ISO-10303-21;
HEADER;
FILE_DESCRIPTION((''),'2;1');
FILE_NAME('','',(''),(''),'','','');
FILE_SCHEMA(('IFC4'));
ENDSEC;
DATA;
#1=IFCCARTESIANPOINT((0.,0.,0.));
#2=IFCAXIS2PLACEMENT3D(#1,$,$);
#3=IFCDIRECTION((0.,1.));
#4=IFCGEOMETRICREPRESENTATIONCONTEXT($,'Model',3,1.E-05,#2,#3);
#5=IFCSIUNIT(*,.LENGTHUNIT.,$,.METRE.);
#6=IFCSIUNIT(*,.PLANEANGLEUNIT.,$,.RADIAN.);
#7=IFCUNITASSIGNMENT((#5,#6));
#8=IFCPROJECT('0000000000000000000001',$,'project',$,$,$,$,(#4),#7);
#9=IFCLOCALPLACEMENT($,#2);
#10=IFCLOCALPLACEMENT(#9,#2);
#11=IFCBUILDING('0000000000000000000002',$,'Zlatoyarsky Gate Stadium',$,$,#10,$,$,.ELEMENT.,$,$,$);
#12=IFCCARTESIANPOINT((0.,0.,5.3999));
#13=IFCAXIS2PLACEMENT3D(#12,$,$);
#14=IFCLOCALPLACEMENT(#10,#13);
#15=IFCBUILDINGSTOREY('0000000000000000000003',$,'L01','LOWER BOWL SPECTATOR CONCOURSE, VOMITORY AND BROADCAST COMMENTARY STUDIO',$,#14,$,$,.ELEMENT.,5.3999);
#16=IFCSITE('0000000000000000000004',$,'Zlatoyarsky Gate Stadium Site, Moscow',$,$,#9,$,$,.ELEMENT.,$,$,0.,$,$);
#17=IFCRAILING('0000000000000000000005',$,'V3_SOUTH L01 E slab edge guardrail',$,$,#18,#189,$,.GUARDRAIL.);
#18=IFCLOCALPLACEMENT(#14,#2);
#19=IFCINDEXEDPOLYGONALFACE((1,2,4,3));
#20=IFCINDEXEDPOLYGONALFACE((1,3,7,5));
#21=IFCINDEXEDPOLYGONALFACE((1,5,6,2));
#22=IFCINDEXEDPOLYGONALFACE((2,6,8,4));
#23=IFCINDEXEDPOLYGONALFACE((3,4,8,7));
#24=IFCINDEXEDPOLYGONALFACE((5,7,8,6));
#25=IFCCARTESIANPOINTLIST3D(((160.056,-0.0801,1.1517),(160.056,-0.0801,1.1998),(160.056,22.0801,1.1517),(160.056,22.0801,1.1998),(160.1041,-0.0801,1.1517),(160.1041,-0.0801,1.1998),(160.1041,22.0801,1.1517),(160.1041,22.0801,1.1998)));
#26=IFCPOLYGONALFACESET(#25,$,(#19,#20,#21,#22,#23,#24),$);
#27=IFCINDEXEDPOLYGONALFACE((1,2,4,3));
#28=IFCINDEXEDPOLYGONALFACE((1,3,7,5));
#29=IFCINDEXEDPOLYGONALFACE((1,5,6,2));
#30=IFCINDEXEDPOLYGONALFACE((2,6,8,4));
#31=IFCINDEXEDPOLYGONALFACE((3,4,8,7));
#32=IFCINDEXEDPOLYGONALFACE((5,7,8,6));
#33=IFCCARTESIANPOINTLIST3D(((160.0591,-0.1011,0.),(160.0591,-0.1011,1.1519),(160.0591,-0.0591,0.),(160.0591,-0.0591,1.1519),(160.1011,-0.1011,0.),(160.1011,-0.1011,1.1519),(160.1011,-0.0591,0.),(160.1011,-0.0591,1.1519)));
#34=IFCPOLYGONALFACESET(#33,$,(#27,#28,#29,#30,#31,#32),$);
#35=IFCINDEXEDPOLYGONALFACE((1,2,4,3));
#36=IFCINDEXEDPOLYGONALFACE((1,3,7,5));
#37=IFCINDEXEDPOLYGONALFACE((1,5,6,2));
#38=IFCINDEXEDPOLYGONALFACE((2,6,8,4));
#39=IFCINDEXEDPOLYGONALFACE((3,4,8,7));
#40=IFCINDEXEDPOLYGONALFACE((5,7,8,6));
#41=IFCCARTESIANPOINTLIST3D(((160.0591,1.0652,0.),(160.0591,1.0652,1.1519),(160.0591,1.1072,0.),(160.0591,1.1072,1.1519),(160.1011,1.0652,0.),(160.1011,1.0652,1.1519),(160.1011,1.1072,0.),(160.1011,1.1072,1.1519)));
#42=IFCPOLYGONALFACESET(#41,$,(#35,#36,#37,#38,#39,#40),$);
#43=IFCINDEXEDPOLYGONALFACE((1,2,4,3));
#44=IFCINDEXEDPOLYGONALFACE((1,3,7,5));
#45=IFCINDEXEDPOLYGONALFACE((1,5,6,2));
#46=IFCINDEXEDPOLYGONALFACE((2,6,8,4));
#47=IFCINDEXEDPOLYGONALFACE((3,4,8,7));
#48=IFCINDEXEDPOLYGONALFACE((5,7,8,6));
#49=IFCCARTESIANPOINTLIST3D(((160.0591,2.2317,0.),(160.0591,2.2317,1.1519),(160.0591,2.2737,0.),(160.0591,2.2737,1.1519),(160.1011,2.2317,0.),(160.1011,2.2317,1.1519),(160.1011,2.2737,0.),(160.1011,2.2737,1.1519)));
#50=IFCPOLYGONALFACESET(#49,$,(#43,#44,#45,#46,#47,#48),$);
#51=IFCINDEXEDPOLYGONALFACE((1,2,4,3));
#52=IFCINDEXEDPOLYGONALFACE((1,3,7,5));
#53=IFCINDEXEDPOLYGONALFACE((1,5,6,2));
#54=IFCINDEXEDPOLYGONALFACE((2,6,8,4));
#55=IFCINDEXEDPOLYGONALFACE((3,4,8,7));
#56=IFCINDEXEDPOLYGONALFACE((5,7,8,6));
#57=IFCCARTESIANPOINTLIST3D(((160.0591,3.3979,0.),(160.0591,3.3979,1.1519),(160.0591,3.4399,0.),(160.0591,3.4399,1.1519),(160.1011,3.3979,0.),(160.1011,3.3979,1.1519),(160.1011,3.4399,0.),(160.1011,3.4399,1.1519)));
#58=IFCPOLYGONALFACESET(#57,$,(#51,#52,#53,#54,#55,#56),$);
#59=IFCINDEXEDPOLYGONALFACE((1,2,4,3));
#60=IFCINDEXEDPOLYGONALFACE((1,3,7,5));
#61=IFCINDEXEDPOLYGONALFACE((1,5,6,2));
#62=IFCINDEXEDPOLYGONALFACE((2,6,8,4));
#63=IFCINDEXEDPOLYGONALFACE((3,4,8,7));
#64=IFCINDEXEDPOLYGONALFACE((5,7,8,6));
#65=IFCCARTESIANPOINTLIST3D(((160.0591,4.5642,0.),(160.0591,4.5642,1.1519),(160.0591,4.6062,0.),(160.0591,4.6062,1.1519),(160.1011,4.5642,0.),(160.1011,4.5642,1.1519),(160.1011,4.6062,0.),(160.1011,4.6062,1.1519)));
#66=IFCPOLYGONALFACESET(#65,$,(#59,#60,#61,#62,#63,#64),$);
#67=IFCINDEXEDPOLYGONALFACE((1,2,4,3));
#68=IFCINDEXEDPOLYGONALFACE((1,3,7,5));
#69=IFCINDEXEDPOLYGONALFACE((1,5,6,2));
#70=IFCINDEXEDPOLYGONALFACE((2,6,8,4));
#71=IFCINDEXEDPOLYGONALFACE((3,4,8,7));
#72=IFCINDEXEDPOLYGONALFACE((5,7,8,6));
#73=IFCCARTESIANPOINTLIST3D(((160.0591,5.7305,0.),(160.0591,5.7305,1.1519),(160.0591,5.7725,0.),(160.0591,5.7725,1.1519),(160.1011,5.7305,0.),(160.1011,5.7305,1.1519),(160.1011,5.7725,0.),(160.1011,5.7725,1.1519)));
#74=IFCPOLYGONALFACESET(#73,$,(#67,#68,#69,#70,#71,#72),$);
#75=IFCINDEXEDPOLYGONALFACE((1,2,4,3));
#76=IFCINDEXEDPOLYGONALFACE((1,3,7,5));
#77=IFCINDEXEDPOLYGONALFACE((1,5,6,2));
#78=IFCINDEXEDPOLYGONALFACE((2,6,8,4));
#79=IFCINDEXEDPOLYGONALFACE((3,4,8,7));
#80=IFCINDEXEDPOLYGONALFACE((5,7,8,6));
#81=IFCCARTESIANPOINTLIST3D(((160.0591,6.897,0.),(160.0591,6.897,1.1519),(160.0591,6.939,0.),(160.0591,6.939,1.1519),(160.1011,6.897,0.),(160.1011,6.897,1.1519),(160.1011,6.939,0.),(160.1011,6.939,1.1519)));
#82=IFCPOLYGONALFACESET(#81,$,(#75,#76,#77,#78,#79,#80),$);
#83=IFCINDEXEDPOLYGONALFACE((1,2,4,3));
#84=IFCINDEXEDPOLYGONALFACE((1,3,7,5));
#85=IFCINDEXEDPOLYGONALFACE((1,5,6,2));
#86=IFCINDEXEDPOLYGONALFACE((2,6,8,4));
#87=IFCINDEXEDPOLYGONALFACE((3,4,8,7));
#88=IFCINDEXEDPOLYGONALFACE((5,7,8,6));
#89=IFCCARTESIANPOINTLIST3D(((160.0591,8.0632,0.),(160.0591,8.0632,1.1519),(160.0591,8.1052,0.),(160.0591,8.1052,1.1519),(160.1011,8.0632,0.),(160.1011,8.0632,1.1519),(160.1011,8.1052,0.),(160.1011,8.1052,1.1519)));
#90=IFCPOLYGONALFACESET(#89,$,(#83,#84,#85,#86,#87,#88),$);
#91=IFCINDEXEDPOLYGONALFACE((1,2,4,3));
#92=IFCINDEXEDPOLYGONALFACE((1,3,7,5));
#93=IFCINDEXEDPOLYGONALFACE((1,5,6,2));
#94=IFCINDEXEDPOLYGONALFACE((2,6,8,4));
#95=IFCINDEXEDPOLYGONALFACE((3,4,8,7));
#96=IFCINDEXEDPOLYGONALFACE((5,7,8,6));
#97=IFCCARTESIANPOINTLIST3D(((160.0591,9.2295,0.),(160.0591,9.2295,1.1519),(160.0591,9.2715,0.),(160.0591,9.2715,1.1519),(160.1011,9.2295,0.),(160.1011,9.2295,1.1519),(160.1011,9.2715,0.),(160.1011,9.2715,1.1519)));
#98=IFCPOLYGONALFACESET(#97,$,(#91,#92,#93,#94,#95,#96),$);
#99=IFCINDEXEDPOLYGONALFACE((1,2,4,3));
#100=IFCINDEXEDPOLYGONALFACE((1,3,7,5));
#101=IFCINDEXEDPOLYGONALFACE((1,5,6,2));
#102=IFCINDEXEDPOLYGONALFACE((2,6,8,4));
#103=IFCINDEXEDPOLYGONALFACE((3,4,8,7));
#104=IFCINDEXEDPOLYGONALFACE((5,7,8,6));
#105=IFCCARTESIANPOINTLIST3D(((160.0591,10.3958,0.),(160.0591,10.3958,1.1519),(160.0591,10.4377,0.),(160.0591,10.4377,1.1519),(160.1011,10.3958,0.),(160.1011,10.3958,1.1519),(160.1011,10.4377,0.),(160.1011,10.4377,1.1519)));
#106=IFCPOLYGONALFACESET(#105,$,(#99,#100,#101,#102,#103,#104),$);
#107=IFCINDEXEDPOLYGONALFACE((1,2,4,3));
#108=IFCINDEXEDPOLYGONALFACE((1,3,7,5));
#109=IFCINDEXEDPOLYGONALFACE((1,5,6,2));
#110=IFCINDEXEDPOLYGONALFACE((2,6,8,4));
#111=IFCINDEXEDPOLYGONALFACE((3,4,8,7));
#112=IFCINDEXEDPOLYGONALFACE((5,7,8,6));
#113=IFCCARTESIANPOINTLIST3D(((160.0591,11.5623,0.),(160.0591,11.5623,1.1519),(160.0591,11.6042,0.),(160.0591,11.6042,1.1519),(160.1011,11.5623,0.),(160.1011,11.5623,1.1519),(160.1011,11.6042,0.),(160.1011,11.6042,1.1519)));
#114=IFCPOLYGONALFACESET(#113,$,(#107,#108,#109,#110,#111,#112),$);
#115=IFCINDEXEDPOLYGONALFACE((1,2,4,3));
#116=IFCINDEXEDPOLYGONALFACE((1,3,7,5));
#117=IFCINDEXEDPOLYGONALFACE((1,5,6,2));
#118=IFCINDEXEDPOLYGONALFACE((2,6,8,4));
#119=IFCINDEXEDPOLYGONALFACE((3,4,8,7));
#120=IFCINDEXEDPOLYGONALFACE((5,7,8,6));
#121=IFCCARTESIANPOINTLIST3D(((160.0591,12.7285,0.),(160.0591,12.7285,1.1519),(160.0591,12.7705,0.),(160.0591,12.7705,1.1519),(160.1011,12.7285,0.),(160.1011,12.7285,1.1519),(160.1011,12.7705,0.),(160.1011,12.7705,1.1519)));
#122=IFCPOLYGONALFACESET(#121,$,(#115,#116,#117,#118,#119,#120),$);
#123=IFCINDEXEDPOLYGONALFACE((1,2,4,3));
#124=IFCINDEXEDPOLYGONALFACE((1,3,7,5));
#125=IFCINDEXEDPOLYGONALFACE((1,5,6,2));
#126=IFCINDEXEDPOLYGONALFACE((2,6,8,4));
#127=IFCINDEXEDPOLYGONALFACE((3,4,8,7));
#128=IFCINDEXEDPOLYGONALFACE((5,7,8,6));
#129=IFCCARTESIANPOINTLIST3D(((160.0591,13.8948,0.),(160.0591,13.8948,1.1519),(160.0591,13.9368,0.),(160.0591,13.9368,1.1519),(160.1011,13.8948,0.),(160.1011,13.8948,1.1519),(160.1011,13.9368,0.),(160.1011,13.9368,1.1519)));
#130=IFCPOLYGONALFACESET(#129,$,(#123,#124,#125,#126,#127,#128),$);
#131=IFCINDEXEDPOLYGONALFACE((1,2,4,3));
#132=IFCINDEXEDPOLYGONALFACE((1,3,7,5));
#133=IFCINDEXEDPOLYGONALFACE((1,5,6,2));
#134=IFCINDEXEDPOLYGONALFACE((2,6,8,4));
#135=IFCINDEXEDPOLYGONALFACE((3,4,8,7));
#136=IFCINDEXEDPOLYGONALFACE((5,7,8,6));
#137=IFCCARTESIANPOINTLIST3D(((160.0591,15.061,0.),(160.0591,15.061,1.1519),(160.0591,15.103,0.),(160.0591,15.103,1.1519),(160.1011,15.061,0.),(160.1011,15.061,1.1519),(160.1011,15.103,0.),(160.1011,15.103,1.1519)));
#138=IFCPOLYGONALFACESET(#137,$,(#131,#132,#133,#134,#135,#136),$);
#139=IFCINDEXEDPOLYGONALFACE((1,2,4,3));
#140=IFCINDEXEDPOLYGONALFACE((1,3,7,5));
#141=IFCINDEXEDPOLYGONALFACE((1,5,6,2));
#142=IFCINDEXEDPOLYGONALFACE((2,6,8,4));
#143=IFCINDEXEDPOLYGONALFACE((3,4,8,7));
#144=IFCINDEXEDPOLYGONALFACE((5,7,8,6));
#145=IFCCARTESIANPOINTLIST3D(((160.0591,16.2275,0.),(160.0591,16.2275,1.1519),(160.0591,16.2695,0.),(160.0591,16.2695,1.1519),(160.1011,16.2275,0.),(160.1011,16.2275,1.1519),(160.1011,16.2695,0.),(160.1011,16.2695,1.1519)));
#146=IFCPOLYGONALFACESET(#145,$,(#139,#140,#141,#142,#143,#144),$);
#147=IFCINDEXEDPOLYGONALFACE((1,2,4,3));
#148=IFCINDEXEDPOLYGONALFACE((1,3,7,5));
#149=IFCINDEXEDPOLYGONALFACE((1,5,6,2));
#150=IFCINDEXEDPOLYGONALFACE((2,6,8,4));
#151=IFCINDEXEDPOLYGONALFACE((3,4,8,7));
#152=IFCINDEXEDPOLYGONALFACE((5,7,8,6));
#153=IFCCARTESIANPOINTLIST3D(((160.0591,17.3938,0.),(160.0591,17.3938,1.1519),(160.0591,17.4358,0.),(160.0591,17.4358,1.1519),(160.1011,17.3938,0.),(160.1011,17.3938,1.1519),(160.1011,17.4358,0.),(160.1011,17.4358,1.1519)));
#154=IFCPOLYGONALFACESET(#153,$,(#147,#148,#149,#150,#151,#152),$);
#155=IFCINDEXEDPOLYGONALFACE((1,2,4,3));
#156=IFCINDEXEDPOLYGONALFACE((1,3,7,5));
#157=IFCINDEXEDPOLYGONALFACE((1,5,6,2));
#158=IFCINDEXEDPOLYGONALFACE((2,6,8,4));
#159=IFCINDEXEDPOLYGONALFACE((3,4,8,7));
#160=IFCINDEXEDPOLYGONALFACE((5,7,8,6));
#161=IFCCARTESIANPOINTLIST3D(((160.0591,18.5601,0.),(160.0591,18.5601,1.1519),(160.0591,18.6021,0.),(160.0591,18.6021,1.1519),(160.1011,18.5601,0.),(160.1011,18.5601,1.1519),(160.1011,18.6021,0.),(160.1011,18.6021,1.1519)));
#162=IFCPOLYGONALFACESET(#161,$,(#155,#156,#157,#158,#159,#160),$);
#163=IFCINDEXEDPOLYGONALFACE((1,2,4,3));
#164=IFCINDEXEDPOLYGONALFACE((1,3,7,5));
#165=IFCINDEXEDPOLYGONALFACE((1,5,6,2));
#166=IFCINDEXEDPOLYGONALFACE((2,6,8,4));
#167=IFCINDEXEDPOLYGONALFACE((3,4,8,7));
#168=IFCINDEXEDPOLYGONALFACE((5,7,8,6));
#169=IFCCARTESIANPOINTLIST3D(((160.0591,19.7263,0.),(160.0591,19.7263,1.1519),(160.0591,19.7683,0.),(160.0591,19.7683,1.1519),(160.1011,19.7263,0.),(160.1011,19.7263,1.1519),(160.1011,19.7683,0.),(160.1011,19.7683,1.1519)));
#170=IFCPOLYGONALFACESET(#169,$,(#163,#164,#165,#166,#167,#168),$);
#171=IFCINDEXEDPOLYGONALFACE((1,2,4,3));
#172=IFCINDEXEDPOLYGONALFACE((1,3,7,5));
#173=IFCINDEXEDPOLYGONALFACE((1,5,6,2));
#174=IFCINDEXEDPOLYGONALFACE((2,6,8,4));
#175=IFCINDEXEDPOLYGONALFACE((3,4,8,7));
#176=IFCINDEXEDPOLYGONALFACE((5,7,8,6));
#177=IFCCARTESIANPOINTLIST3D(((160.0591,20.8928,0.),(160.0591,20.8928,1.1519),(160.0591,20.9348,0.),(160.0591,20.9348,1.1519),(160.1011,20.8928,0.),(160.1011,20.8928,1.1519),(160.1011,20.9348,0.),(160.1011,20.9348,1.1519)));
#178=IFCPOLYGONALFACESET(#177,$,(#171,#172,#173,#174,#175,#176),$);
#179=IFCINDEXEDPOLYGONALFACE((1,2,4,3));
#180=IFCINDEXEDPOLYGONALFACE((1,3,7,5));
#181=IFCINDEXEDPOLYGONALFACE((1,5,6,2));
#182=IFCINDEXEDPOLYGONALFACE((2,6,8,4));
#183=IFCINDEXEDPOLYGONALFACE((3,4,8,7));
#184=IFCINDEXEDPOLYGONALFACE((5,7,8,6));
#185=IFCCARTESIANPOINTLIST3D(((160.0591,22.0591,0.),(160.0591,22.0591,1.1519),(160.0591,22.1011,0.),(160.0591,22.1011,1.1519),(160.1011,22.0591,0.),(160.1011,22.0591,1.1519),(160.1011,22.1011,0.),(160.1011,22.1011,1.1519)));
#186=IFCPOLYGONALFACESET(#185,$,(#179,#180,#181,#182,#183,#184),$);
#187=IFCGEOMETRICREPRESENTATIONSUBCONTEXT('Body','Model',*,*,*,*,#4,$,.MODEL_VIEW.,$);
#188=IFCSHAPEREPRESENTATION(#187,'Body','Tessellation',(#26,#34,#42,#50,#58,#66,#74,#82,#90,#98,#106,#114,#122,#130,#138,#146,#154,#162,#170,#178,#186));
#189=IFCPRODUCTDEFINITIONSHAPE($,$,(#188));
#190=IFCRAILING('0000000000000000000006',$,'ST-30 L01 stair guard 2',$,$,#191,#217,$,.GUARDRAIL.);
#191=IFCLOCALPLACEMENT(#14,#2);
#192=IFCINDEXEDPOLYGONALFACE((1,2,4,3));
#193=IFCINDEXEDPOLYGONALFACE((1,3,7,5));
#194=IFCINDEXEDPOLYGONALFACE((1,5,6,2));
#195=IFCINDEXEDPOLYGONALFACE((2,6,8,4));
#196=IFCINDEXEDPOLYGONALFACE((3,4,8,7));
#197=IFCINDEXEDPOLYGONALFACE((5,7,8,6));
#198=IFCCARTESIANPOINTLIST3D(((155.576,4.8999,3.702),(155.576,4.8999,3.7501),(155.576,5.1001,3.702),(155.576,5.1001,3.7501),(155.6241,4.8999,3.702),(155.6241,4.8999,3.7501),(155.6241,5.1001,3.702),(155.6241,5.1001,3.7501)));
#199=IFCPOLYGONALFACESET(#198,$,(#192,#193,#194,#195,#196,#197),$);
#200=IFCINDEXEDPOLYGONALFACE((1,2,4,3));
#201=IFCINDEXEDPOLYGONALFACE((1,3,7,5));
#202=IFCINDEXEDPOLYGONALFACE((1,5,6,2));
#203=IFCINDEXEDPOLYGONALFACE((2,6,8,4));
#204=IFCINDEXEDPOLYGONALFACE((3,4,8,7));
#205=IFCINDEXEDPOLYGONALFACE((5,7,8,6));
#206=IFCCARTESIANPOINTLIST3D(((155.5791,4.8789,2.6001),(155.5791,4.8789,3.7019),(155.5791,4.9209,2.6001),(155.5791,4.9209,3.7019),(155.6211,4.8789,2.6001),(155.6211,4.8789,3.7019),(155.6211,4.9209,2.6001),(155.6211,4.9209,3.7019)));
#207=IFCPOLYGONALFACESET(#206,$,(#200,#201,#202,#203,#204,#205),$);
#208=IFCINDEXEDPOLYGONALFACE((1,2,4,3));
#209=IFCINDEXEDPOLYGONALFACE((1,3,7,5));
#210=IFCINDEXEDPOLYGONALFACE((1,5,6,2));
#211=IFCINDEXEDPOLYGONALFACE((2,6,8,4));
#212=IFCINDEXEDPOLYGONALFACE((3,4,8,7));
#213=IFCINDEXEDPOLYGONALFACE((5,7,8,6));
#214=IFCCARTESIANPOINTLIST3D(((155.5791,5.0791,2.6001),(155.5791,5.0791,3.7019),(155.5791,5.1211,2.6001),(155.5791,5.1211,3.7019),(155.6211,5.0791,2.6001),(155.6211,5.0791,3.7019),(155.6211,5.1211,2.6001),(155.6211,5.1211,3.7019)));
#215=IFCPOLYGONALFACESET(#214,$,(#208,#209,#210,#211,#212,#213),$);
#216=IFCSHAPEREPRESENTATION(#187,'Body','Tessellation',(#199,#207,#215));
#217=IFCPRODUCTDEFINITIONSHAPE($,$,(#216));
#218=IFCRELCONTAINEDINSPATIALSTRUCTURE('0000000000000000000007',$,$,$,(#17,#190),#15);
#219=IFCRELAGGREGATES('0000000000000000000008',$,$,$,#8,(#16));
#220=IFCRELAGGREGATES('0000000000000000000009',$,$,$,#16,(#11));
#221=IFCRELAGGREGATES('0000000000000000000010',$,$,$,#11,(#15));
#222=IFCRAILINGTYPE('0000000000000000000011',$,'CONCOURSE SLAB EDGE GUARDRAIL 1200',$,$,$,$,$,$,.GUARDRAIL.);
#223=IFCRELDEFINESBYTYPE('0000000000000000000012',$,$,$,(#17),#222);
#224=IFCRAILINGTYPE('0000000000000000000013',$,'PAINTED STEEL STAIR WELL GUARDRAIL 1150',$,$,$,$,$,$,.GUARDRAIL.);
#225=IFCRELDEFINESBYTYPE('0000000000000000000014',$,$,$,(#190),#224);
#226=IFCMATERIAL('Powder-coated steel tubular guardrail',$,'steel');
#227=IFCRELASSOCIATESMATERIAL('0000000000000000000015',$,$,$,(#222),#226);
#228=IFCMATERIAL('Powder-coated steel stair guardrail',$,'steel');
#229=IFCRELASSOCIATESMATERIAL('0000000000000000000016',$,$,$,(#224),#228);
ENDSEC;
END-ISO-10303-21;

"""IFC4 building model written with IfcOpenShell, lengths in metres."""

from ifc_helpers import new_model, si_unit, direction, frame, origin, origin_2d, place, context, subcontext, project, spatial, rectangle, extrude, material, type_object, element, save


model = new_model("IFC4")

# Units and contexts
model_context = context("Model", 3, precision=1e-05, world=origin(), true_north=direction((0.0, 1.0)))
body_context = subcontext(model_context, "Body", "Model", "MODEL_VIEW")
ifc_project = project(units=[si_unit("LENGTHUNIT", "METRE"), si_unit("PLANEANGLEUNIT", "RADIAN")], contexts=[model_context])

# Site, building, storey
site_placement = place(None, origin())
site = spatial("IfcSite", under=ifc_project, at=site_placement, Name="Zlatoyarsky Gate Stadium Site, Moscow", CompositionType="ELEMENT", RefElevation=0.0)
building_placement = place(site_placement, origin())
building = spatial("IfcBuilding", under=site, at=building_placement, Name="Zlatoyarsky Gate Stadium", CompositionType="ELEMENT")
storey_placement = place(building_placement, frame((0.0, 0.0, 5.3999)))
storey = spatial("IfcBuildingStorey", under=building, at=storey_placement, Name="L01", Description="LOWER BOWL SPECTATOR CONCOURSE, VOMITORY AND BROADCAST COMMENTARY STUDIO", CompositionType="ELEMENT", Elevation=5.3999)

# Railings
ifc_material_1 = material(Name="Powder-coated steel tubular guardrail", Category="steel")
railing_type_1 = type_object("IfcRailingType", Name="CONCOURSE SLAB EDGE GUARDRAIL 1200", PredefinedType="GUARDRAIL", material=ifc_material_1)
railing_1_placement = place(storey_placement, frame((160.0801, -0.0801, 0.0)))
element("IfcRailing", 1, at=railing_1_placement, inside=storey, type_object=railing_type_1, Name="V3_SOUTH L01 E slab edge guardrail", PredefinedType="GUARDRAIL", context=body_context, shape_type="SweptSolid", body=[
    extrude(rectangle(XDim=0.0481, YDim=0.0481, at=origin_2d()), frame((0.0, 0.0, 1.1758), z_axis=(0.0, 1.0, 0.0), x_axis=(-1.0, 0.0, 0.0)), (0.0, 0.0, 1.0), 22.1602),
    extrude(rectangle(XDim=0.042, YDim=0.042, at=origin_2d()), origin(), (0.0, 0.0, 1.0), 1.1519),
    extrude(rectangle(XDim=0.042, YDim=0.042, at=origin_2d()), frame((0.0, 1.1663, 0.0)), (0.0, 0.0, 1.0), 1.1519),
    extrude(rectangle(XDim=0.042, YDim=0.042, at=origin_2d()), frame((0.0, 2.3328, 0.0)), (0.0, 0.0, 1.0), 1.1519),
    extrude(rectangle(XDim=0.042, YDim=0.042, at=origin_2d()), frame((0.0, 3.499, 0.0)), (0.0, 0.0, 1.0), 1.1519),
    extrude(rectangle(XDim=0.042, YDim=0.042, at=origin_2d()), frame((0.0, 4.6653, 0.0)), (0.0, 0.0, 1.0), 1.1519),
    extrude(rectangle(XDim=0.042, YDim=0.042, at=origin_2d()), frame((0.0, 5.8315, 0.0)), (0.0, 0.0, 1.0), 1.1519),
    extrude(rectangle(XDim=0.042, YDim=0.042, at=origin_2d()), frame((0.0, 6.998, 0.0)), (0.0, 0.0, 1.0), 1.1519),
    extrude(rectangle(XDim=0.042, YDim=0.042, at=origin_2d()), frame((0.0, 8.1643, 0.0)), (0.0, 0.0, 1.0), 1.1519),
    extrude(rectangle(XDim=0.042, YDim=0.042, at=origin_2d()), frame((0.0, 9.3306, 0.0)), (0.0, 0.0, 1.0), 1.1519),
    extrude(rectangle(XDim=0.042, YDim=0.042, at=origin_2d()), frame((0.0, 10.4968, 0.0)), (0.0, 0.0, 1.0), 1.1519),
    extrude(rectangle(XDim=0.042, YDim=0.042, at=origin_2d()), frame((0.0, 11.6633, 0.0)), (0.0, 0.0, 1.0), 1.1519),
    extrude(rectangle(XDim=0.042, YDim=0.042, at=origin_2d()), frame((0.0, 12.8296, 0.0)), (0.0, 0.0, 1.0), 1.1519),
    extrude(rectangle(XDim=0.042, YDim=0.042, at=origin_2d()), frame((0.0, 13.9958, 0.0)), (0.0, 0.0, 1.0), 1.1519),
    extrude(rectangle(XDim=0.042, YDim=0.042, at=origin_2d()), frame((0.0, 15.1621, 0.0)), (0.0, 0.0, 1.0), 1.1519),
    extrude(rectangle(XDim=0.042, YDim=0.042, at=origin_2d()), frame((0.0, 16.3286, 0.0)), (0.0, 0.0, 1.0), 1.1519),
    extrude(rectangle(XDim=0.042, YDim=0.042, at=origin_2d()), frame((0.0, 17.4949, 0.0)), (0.0, 0.0, 1.0), 1.1519),
    extrude(rectangle(XDim=0.042, YDim=0.042, at=origin_2d()), frame((0.0, 18.6611, 0.0)), (0.0, 0.0, 1.0), 1.1519),
    extrude(rectangle(XDim=0.042, YDim=0.042, at=origin_2d()), frame((0.0, 19.8274, 0.0)), (0.0, 0.0, 1.0), 1.1519),
    extrude(rectangle(XDim=0.042, YDim=0.042, at=origin_2d()), frame((0.0, 20.9939, 0.0)), (0.0, 0.0, 1.0), 1.1519),
    extrude(rectangle(XDim=0.042, YDim=0.042, at=origin_2d()), frame((0.0, 22.1602, 0.0)), (0.0, 0.0, 1.0), 1.1519),
])
ifc_material_2 = material(Name="Powder-coated steel stair guardrail", Category="steel")
railing_type_2 = type_object("IfcRailingType", Name="PAINTED STEEL STAIR WELL GUARDRAIL 1150", PredefinedType="GUARDRAIL", material=ifc_material_2)
railing_2_placement = place(storey_placement, frame((155.6001, 4.8999, 2.6001)))
element("IfcRailing", 2, at=railing_2_placement, inside=storey, type_object=railing_type_2, Name="ST-30 L01 stair guard 2", PredefinedType="GUARDRAIL", context=body_context, shape_type="SweptSolid", body=[
    extrude(rectangle(XDim=0.0481, YDim=0.0481, at=origin_2d()), frame((0.0, 0.0, 1.126), z_axis=(0.0, 1.0, 0.0), x_axis=(-1.0, 0.0, 0.0)), (0.0, 0.0, 1.0), 0.2002),
    extrude(rectangle(XDim=0.042, YDim=0.042, at=origin_2d()), origin(), (0.0, 0.0, 1.0), 1.1018),
    extrude(rectangle(XDim=0.042, YDim=0.042, at=origin_2d()), frame((0.0, 0.2002, 0.0)), (0.0, 0.0, 1.0), 1.1018),
])

save(model, "model.ifc")
